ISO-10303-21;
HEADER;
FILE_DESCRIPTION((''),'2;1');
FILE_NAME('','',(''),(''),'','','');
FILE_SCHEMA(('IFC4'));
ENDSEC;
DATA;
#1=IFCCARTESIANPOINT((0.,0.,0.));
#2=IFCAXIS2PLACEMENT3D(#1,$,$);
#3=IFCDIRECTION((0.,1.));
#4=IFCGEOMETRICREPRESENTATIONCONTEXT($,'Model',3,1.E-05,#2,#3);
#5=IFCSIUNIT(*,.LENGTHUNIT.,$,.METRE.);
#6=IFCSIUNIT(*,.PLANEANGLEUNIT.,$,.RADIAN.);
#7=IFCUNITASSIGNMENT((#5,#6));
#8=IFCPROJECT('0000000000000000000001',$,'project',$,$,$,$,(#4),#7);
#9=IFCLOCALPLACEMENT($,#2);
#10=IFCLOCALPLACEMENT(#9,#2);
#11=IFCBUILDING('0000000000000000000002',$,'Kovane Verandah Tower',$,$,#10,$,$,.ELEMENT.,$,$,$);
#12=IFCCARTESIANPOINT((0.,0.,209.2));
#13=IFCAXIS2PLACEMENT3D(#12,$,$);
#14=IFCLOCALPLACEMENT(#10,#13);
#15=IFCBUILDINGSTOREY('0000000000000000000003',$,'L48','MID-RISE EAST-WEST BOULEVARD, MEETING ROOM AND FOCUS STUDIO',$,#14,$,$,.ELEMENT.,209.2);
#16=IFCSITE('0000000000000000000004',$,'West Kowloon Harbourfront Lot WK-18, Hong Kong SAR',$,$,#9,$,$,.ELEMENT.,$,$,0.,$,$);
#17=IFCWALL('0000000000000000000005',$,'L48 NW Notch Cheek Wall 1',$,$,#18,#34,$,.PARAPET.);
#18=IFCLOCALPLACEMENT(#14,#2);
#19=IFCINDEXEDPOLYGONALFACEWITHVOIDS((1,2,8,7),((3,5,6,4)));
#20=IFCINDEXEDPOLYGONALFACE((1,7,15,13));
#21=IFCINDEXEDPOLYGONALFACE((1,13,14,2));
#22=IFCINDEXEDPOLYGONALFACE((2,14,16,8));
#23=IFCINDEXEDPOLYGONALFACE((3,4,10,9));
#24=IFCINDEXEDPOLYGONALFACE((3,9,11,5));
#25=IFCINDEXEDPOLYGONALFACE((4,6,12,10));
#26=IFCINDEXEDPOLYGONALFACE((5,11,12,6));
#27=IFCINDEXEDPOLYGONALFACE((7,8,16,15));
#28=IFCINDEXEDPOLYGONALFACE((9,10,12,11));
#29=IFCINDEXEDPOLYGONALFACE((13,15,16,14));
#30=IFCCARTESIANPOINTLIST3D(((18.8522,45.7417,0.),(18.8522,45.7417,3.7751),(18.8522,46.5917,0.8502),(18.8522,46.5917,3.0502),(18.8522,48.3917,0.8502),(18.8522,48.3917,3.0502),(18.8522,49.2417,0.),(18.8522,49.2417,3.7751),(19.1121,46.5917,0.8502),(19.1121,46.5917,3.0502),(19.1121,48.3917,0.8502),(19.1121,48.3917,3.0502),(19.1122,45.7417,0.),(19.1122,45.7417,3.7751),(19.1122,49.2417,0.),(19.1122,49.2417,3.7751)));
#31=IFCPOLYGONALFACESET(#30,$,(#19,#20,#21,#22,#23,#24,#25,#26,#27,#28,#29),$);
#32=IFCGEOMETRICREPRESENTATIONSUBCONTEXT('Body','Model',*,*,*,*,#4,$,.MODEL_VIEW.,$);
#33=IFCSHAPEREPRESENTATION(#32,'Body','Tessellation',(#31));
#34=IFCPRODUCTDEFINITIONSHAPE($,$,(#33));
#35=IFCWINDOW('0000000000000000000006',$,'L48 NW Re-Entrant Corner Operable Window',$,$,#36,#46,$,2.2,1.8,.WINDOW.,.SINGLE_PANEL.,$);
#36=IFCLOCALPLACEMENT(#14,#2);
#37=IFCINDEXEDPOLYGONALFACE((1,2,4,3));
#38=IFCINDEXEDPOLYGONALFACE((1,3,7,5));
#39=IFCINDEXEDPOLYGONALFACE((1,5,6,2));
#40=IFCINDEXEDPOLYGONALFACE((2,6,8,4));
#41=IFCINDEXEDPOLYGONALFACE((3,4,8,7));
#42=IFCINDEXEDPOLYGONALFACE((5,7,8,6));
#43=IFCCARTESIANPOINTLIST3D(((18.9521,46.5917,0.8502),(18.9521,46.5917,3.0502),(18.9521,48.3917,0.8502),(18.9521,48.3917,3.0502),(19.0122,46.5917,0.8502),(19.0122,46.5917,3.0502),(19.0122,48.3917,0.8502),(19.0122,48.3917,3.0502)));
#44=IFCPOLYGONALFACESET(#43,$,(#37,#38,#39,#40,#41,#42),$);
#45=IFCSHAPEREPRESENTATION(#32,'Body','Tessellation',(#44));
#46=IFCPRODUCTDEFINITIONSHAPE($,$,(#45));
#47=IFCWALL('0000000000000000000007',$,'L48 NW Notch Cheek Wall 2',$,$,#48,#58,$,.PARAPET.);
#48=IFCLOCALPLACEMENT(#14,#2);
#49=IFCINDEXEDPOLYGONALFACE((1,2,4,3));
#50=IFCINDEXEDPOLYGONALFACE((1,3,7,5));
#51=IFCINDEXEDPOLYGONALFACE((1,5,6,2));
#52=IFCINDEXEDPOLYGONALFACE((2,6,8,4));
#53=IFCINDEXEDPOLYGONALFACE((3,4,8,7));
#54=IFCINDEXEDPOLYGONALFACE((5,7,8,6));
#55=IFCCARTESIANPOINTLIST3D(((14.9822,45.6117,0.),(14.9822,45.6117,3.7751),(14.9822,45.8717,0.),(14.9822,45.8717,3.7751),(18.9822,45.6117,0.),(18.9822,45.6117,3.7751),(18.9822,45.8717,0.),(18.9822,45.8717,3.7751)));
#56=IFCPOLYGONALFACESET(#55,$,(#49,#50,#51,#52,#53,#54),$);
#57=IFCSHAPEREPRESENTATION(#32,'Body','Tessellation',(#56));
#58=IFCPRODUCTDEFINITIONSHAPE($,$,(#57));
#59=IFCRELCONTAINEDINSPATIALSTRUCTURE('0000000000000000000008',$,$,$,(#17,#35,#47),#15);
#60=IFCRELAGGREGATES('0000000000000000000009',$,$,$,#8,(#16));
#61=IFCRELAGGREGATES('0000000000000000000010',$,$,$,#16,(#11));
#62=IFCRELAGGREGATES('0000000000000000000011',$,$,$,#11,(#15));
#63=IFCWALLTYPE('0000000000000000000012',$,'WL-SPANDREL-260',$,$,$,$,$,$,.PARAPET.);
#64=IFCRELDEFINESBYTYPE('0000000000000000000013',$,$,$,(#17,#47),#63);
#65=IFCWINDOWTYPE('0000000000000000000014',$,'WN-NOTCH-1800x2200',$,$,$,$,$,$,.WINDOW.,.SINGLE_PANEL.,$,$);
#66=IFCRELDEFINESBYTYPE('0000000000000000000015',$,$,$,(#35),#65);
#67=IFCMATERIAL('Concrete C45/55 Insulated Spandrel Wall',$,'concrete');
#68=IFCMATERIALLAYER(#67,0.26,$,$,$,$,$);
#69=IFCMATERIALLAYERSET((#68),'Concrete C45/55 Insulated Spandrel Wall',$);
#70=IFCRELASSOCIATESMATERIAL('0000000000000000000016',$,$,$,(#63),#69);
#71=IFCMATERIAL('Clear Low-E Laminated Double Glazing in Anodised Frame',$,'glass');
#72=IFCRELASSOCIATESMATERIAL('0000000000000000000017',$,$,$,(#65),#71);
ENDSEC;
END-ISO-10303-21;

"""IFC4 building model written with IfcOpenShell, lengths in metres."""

from ifc_helpers import new_model, si_unit, direction, frame, frame_2d, origin, place, context, subcontext, project, spatial, rectangle, extrude, material, layer, layer_set, type_object, element, fill, save


model = new_model("IFC4")

# Units and contexts
model_context = context("Model", 3, precision=1e-05, world=origin(), true_north=direction((0.0, 1.0)))
body_context = subcontext(model_context, "Body", "Model", "MODEL_VIEW")
ifc_project = project(units=[si_unit("LENGTHUNIT", "METRE"), si_unit("PLANEANGLEUNIT", "RADIAN")], contexts=[model_context])

# Site, building, storey
site_placement = place(None, origin())
site = spatial("IfcSite", under=ifc_project, at=site_placement, Name="West Kowloon Harbourfront Lot WK-18, Hong Kong SAR", CompositionType="ELEMENT", RefElevation=0.0)
building_placement = place(site_placement, origin())
building = spatial("IfcBuilding", under=site, at=building_placement, Name="Kovane Verandah Tower", CompositionType="ELEMENT")
storey_placement = place(building_placement, frame((0.0, 0.0, 209.2)))
storey = spatial("IfcBuildingStorey", under=building, at=storey_placement, Name="L48", Description="MID-RISE EAST-WEST BOULEVARD, MEETING ROOM AND FOCUS STUDIO", CompositionType="ELEMENT", Elevation=209.2)

# Wall, opening, window
ifc_material_1 = material(Name="Concrete C45/55 Insulated Spandrel Wall", Category="concrete")
ifc_layer_1 = layer(ifc_material_1, 0.26)
ifc_layer_set_1 = layer_set([ifc_layer_1], Name="Concrete C45/55 Insulated Spandrel Wall")
wall_type_1 = type_object("IfcWallType", Name="WL-SPANDREL-260", PredefinedType="PARAPET", material=ifc_layer_set_1)
wall_1_placement = place(storey_placement, frame((18.9822, 49.2417, 0.0), z_axis=(0.0, 0.0, 1.0), x_axis=(0.0, -1.0, 0.0)))
wall_1 = element("IfcWall", 1, at=wall_1_placement, inside=storey, type_object=wall_type_1, Name="L48 NW Notch Cheek Wall 1", PredefinedType="PARAPET", context=body_context, shape_type="SweptSolid", body=[
    extrude(rectangle(XDim=3.5, YDim=0.26, at=frame_2d((1.75, 0.0))), origin(), (0.0, 0.0, 1.0), 3.7751),
])
opening_1_placement = place(wall_1_placement, frame((0.8501, 0.0, 0.8501)))
opening_1 = element("IfcOpeningElement", 2, at=opening_1_placement, cuts=wall_1, PredefinedType="OPENING", context=body_context, shape_type="SweptSolid", body=[
    extrude(rectangle(XDim=1.8, YDim=2.2, at=frame_2d((0.8999, 1.1001))), frame((0.0, 0.1299, 0.0), z_axis=(0.0, -1.0, 0.0), x_axis=(1.0, 0.0, 0.0)), (0.0, 0.0, 1.0), 0.26),
])
ifc_material_2 = material(Name="Clear Low-E Laminated Double Glazing in Anodised Frame", Category="glass")
window_type = type_object("IfcWindowType", Name="WN-NOTCH-1800x2200", PartitioningType="SINGLE_PANEL", PredefinedType="WINDOW", material=ifc_material_2)
window_placement = place(opening_1_placement, origin())
window = element("IfcWindow", 3, at=window_placement, inside=storey, type_object=window_type, Name="L48 NW Re-Entrant Corner Operable Window", OverallHeight=2.2, OverallWidth=1.8, PartitioningType="SINGLE_PANEL", PredefinedType="WINDOW", context=body_context, shape_type="SweptSolid", body=[
    extrude(rectangle(XDim=1.8, YDim=2.2, at=frame_2d((0.8999, 1.1001))), frame((0.0, 0.03, 0.0), z_axis=(0.0, -1.0, 0.0), x_axis=(1.0, 0.0, 0.0)), (0.0, 0.0, 1.0), 0.0601),
])
fill(opening_1, window)

# Wall
wall_2_placement = place(storey_placement, frame((18.9822, 45.7417, 0.0), z_axis=(0.0, 0.0, 1.0), x_axis=(-1.0, 0.0, 0.0)))
element("IfcWall", 4, at=wall_2_placement, inside=storey, type_object=wall_type_1, Name="L48 NW Notch Cheek Wall 2", PredefinedType="PARAPET", context=body_context, shape_type="SweptSolid", body=[
    extrude(rectangle(XDim=4.0, YDim=0.26, at=frame_2d((2.0, 0.0))), origin(), (0.0, 0.0, 1.0), 3.7751),
])

save(model, "model.ifc")
